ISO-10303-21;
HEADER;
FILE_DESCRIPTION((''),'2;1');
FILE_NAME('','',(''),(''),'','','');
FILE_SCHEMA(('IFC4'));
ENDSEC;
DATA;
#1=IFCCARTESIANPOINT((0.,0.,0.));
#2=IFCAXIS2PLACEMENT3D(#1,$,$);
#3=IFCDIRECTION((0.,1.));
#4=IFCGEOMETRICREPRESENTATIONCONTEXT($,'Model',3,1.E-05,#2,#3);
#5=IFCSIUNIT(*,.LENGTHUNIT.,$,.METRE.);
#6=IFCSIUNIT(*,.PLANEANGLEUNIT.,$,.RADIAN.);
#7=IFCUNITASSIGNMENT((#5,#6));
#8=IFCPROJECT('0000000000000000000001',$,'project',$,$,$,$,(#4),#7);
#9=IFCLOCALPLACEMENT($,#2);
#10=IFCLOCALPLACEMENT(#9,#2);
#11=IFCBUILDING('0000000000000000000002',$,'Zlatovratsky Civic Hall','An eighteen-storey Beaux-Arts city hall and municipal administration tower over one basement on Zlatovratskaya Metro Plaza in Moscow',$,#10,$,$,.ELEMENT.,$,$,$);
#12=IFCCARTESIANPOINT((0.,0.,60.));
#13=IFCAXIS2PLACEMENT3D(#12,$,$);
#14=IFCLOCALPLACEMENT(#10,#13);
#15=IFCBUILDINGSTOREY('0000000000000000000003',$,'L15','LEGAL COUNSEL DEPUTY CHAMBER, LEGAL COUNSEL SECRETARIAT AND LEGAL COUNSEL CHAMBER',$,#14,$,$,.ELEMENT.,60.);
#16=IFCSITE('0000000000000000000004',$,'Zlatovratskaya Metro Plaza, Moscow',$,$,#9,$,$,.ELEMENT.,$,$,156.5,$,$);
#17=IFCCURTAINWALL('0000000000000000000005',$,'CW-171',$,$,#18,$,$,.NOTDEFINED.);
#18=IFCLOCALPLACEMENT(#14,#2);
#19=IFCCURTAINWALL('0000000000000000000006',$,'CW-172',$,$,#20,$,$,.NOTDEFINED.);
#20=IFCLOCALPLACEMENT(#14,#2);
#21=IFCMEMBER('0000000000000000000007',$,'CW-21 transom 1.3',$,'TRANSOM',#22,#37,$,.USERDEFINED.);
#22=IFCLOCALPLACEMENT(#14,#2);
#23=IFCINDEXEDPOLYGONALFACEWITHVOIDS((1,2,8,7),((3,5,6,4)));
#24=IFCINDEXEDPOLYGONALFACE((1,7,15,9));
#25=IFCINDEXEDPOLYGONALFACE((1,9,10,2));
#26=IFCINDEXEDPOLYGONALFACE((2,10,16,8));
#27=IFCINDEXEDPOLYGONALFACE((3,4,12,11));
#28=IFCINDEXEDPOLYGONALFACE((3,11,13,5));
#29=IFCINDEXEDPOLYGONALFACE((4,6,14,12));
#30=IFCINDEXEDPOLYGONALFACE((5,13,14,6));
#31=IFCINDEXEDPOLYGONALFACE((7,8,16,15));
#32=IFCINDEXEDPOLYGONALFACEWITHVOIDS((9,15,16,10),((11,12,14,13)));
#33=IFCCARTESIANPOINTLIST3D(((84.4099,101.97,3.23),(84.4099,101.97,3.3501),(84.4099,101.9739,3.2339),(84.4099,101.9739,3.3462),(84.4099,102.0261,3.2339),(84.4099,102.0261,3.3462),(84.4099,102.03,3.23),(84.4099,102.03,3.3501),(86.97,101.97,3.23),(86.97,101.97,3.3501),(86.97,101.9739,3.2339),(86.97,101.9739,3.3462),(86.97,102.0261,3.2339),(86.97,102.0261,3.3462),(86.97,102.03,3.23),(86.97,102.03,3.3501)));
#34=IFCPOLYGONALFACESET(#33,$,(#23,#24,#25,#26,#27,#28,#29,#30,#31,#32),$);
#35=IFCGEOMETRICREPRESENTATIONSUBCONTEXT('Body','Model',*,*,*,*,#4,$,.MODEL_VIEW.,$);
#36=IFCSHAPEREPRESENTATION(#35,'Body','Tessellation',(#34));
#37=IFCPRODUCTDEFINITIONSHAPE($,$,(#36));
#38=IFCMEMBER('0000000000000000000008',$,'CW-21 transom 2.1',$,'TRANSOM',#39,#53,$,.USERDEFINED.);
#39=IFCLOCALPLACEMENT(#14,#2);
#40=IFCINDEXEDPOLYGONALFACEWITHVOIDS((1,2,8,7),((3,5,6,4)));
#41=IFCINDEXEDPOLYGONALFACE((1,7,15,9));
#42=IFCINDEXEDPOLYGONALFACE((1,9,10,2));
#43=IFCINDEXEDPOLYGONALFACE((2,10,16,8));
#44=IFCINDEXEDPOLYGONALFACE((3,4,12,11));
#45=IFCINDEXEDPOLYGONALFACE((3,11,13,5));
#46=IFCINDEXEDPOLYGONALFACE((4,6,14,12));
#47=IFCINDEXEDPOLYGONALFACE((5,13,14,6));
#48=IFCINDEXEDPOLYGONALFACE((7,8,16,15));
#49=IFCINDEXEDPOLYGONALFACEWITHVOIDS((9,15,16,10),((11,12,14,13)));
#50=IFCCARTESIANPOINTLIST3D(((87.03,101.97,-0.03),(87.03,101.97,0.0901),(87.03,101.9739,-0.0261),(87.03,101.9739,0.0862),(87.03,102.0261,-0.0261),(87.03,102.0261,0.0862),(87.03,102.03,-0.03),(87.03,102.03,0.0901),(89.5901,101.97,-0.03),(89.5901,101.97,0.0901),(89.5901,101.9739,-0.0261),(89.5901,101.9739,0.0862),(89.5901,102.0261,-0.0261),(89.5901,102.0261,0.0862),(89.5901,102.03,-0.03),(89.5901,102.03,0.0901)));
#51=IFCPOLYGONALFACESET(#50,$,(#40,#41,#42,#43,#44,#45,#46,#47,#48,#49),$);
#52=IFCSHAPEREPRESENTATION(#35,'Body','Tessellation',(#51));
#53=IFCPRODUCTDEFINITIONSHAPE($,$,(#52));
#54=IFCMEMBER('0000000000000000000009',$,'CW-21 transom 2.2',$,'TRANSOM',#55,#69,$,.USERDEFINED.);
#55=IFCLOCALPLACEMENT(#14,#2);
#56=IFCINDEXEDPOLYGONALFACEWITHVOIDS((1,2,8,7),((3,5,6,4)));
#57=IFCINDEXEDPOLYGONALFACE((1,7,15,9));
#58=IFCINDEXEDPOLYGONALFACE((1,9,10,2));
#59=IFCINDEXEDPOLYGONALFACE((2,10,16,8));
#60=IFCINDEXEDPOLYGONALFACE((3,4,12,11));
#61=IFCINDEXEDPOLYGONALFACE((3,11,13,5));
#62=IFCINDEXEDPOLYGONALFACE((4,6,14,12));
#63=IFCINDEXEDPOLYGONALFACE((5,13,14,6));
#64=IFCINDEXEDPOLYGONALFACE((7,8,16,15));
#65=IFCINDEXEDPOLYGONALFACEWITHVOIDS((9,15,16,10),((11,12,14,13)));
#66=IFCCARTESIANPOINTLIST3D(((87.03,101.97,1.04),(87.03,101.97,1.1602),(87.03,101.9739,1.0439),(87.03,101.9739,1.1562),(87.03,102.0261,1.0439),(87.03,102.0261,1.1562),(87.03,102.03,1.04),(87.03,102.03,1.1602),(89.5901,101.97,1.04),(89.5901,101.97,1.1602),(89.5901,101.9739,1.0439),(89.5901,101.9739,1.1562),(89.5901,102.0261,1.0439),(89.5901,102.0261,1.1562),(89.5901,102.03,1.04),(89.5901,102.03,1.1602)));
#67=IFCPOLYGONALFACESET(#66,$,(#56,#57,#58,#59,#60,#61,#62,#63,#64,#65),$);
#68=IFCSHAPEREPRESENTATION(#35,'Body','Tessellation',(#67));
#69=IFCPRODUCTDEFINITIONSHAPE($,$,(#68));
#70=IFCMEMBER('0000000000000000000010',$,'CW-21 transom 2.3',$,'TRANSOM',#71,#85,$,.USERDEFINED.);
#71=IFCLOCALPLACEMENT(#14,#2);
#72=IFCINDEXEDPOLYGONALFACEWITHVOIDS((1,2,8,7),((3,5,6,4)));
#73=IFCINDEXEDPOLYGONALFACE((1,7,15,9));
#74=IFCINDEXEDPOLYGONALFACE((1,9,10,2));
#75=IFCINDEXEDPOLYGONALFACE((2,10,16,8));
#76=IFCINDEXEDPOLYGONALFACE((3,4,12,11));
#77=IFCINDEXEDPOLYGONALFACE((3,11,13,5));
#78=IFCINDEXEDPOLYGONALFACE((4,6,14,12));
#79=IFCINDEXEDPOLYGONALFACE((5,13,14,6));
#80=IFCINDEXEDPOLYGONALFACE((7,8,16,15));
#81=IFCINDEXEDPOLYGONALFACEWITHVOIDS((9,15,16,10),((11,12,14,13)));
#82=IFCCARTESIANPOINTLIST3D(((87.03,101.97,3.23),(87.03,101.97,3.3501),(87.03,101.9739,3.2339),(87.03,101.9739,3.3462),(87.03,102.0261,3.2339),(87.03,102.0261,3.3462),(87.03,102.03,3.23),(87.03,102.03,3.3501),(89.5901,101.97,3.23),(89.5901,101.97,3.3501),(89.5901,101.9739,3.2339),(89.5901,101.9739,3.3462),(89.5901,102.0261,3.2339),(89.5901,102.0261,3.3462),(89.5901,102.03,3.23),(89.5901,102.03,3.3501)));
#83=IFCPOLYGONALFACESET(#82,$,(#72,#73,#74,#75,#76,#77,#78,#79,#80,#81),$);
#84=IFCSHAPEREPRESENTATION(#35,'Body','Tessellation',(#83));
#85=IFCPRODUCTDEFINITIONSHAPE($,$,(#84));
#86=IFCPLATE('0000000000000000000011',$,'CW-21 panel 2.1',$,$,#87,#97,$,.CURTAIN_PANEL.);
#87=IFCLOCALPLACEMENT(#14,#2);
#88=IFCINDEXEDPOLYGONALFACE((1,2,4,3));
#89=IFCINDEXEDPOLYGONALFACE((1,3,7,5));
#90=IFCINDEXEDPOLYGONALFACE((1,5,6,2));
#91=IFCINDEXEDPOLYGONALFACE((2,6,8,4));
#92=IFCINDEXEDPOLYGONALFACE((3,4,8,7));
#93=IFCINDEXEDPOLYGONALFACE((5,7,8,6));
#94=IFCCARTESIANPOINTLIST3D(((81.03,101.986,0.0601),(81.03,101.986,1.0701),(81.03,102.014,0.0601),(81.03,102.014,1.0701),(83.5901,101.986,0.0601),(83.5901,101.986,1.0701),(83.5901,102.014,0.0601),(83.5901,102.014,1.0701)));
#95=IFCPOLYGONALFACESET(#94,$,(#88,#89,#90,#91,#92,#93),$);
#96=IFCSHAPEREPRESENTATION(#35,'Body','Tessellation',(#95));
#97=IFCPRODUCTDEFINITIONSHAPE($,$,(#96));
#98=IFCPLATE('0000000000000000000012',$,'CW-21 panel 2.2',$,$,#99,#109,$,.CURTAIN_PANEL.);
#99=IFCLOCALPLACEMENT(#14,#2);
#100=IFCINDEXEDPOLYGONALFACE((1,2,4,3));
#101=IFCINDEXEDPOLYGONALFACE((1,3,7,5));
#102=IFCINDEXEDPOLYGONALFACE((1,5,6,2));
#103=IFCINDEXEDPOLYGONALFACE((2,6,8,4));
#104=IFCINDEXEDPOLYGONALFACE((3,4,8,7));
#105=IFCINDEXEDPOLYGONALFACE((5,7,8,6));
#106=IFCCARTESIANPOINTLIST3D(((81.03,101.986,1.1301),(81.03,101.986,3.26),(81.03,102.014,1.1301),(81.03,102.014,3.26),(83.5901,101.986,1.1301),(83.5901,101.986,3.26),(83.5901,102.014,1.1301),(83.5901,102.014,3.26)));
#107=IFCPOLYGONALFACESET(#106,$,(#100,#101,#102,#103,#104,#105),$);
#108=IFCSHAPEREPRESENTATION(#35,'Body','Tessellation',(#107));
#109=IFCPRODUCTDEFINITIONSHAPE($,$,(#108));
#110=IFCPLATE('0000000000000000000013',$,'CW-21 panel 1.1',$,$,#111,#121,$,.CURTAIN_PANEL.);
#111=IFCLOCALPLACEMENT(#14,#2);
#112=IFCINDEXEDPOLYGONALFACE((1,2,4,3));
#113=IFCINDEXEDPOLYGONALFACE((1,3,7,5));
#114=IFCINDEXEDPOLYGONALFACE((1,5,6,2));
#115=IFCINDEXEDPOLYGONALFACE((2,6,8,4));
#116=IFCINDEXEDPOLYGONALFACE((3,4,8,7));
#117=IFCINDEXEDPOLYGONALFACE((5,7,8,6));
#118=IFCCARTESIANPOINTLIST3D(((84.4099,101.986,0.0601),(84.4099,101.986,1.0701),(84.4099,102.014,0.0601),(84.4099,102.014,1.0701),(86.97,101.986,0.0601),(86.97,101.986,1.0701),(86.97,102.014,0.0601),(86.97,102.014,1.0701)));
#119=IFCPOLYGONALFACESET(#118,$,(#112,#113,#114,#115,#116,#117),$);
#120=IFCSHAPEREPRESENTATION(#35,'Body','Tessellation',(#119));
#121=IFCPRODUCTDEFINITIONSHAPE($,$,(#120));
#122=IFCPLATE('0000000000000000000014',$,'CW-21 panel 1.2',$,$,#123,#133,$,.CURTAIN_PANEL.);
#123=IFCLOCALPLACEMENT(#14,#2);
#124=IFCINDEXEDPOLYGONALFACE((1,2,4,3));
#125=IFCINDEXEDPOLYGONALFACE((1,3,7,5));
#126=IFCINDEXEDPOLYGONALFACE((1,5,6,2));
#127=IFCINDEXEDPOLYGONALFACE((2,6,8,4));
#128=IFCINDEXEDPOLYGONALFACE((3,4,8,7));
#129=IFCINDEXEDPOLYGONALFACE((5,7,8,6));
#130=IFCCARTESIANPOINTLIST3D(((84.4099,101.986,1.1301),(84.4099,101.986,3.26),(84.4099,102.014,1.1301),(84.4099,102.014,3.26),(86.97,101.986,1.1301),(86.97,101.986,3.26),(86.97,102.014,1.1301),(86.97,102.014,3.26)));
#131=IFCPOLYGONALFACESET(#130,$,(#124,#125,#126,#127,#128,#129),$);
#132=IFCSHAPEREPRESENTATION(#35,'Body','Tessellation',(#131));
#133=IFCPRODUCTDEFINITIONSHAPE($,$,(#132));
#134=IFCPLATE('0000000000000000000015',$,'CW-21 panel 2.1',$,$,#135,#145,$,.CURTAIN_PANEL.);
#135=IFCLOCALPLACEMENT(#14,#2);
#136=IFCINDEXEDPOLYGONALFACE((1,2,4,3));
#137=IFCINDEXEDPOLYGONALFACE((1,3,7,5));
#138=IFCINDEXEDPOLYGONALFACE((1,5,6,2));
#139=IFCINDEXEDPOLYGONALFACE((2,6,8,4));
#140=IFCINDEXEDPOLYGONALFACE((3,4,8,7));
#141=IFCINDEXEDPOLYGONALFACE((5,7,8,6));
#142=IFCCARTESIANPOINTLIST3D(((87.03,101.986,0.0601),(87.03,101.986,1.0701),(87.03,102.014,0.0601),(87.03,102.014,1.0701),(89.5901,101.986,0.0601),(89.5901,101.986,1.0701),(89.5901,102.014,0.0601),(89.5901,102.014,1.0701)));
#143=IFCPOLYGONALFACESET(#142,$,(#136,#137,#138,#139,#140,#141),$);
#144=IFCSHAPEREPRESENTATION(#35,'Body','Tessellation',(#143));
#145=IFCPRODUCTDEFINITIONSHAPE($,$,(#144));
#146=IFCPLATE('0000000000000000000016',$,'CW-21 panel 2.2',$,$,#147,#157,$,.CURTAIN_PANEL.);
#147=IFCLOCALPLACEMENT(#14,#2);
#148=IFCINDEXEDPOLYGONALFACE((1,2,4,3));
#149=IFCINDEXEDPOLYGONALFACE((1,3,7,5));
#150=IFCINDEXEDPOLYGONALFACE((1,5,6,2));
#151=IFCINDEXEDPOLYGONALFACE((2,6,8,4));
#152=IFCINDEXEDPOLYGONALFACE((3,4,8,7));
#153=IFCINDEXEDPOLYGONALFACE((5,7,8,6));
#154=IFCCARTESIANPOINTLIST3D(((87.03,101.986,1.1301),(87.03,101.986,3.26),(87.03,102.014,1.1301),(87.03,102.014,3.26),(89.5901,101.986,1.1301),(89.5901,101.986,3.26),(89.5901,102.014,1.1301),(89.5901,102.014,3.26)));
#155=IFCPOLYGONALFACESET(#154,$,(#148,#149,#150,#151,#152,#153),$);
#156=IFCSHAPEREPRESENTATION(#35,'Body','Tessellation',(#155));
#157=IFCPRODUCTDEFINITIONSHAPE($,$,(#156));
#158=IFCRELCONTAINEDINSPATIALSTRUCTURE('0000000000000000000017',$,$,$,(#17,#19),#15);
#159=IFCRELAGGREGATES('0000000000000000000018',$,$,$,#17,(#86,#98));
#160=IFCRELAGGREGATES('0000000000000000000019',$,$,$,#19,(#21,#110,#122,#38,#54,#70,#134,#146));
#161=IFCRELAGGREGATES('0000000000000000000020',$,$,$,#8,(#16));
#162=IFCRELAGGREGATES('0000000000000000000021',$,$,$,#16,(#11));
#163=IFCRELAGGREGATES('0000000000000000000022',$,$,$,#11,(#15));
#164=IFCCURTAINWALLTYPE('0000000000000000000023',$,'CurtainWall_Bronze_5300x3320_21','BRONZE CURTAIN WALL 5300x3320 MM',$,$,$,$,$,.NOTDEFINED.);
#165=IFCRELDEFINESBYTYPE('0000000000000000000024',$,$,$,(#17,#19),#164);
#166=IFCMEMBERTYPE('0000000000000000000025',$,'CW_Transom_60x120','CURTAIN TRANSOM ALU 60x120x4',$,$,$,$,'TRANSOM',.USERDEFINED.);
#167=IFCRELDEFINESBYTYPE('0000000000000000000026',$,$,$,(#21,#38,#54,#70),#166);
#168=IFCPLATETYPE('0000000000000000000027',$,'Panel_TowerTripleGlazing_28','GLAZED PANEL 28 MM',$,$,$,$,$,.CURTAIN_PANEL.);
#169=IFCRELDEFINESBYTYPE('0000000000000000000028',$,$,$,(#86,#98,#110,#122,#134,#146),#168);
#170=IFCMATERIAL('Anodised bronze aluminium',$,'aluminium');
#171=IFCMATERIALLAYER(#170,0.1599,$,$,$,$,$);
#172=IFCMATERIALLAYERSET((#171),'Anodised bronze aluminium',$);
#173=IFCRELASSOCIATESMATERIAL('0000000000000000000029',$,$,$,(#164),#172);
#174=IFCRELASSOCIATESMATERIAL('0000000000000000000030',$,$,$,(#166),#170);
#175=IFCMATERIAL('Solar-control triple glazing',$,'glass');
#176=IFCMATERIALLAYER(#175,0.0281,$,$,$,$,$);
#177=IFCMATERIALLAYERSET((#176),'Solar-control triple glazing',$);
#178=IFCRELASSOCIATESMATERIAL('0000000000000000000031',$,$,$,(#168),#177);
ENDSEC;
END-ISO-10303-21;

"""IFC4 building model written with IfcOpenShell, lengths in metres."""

from ifc_helpers import new_model, si_unit, direction, frame, origin, origin_2d, place, context, subcontext, project, spatial, rectangle, hollow_rectangle, extrude, material, layer, layer_set, material_profile, profile_set, type_object, element, aggregate, save


model = new_model("IFC4")

# Units and contexts
model_context = context("Model", 3, precision=1e-05, world=origin(), true_north=direction((0.0, 1.0)))
body_context = subcontext(model_context, "Body", "Model", "MODEL_VIEW")
ifc_project = project(units=[si_unit("LENGTHUNIT", "METRE"), si_unit("PLANEANGLEUNIT", "RADIAN")], contexts=[model_context])

# Site, building, storey
site_placement = place(None, origin())
site = spatial("IfcSite", under=ifc_project, at=site_placement, Name="Zlatovratskaya Metro Plaza, Moscow", CompositionType="ELEMENT", RefElevation=156.5)
building_placement = place(site_placement, origin())
building = spatial("IfcBuilding", under=site, at=building_placement, Name="Zlatovratsky Civic Hall", Description="An eighteen-storey Beaux-Arts city hall and municipal administration tower over one basement on Zlatovratskaya Metro Plaza in Moscow", CompositionType="ELEMENT")
storey_placement = place(building_placement, frame((0.0, 0.0, 60.0)))
storey = spatial("IfcBuildingStorey", under=building, at=storey_placement, Name="L15", Description="LEGAL COUNSEL DEPUTY CHAMBER, LEGAL COUNSEL SECRETARIAT AND LEGAL COUNSEL CHAMBER", CompositionType="ELEMENT", Elevation=60.0)

# Curtain wall
ifc_material_1 = material(Name="Anodised bronze aluminium", Category="aluminium")
ifc_layer_1 = layer(ifc_material_1, 0.1599)
ifc_layer_set_1 = layer_set([ifc_layer_1], Name="Anodised bronze aluminium")
curtain_wall_type = type_object("IfcCurtainWallType", Name="CurtainWall_Bronze_5300x3320_21", Description="BRONZE CURTAIN WALL 5300x3320 MM", PredefinedType="NOTDEFINED", material=ifc_layer_set_1)
curtain_wall_1_placement = place(storey_placement, origin())
curtain_wall_1 = element("IfcCurtainWall", 1, at=curtain_wall_1_placement, inside=storey, type_object=curtain_wall_type, Name="CW-171", PredefinedType="NOTDEFINED")

# Curtain wall, members
curtain_wall_2_placement = place(storey_placement, origin())
curtain_wall_2 = element("IfcCurtainWall", 2, at=curtain_wall_2_placement, inside=storey, type_object=curtain_wall_type, Name="CW-172", PredefinedType="NOTDEFINED")
ifc_material_profile_1 = material_profile(ifc_material_1, hollow_rectangle(XDim=0.0601, YDim=0.1201, WallThickness=0.0039, at=origin_2d()), Name="ALU 60x120x4")
ifc_profile_set_1 = profile_set([ifc_material_profile_1], Name="Anodised bronze aluminium")
member_type_1 = type_object("IfcMemberType", Name="CW_Transom_60x120", Description="CURTAIN TRANSOM ALU 60x120x4", ElementType="TRANSOM", PredefinedType="USERDEFINED", material=ifc_profile_set_1)
member_1_placement = place(storey_placement, frame((84.4099, 102.0, 3.29), z_axis=(1.0, 0.0, 0.0), x_axis=(0.0, 1.0, 0.0)))
member_1 = element("IfcMember", 3, at=member_1_placement, type_object=member_type_1, Name="CW-21 transom 1.3", ObjectType="TRANSOM", PredefinedType="USERDEFINED", context=body_context, shape_type="SweptSolid", body=[
    extrude(hollow_rectangle(XDim=0.0601, YDim=0.1201, WallThickness=0.0039, at=origin_2d()), origin(), (0.0, 0.0, 1.0), 2.5601),
])
member_2_placement = place(storey_placement, frame((87.03, 102.0, 0.03), z_axis=(1.0, 0.0, 0.0), x_axis=(0.0, 1.0, 0.0)))
member_2 = element("IfcMember", 4, at=member_2_placement, type_object=member_type_1, Name="CW-21 transom 2.1", ObjectType="TRANSOM", PredefinedType="USERDEFINED", context=body_context, shape_type="SweptSolid", body=[
    extrude(hollow_rectangle(XDim=0.0601, YDim=0.1201, WallThickness=0.0039, at=origin_2d()), origin(), (0.0, 0.0, 1.0), 2.5601),
])
member_3_placement = place(storey_placement, frame((87.03, 102.0, 1.1001), z_axis=(1.0, 0.0, 0.0), x_axis=(0.0, 1.0, 0.0)))
member_3 = element("IfcMember", 5, at=member_3_placement, type_object=member_type_1, Name="CW-21 transom 2.2", ObjectType="TRANSOM", PredefinedType="USERDEFINED", context=body_context, shape_type="SweptSolid", body=[
    extrude(hollow_rectangle(XDim=0.0601, YDim=0.1201, WallThickness=0.0039, at=origin_2d()), origin(), (0.0, 0.0, 1.0), 2.5601),
])
member_4_placement = place(storey_placement, frame((87.03, 102.0, 3.29), z_axis=(1.0, 0.0, 0.0), x_axis=(0.0, 1.0, 0.0)))
member_4 = element("IfcMember", 6, at=member_4_placement, type_object=member_type_1, Name="CW-21 transom 2.3", ObjectType="TRANSOM", PredefinedType="USERDEFINED", context=body_context, shape_type="SweptSolid", body=[
    extrude(hollow_rectangle(XDim=0.0601, YDim=0.1201, WallThickness=0.0039, at=origin_2d()), origin(), (0.0, 0.0, 1.0), 2.5601),
])

# Plates
ifc_material_2 = material(Name="Solar-control triple glazing", Category="glass")
ifc_layer_2 = layer(ifc_material_2, 0.0281)
ifc_layer_set_2 = layer_set([ifc_layer_2], Name="Solar-control triple glazing")
plate_type = type_object("IfcPlateType", Name="Panel_TowerTripleGlazing_28", Description="GLAZED PANEL 28 MM", PredefinedType="CURTAIN_PANEL", material=ifc_layer_set_2)
plate_1_placement = place(storey_placement, frame((82.3101, 102.0, 0.0601), z_axis=(0.0, 0.0, 1.0), x_axis=(1.0, 0.0, 0.0)))
plate_1 = element("IfcPlate", 7, at=plate_1_placement, type_object=plate_type, Name="CW-21 panel 2.1", PredefinedType="CURTAIN_PANEL", context=body_context, shape_type="SweptSolid", body=[
    extrude(rectangle(XDim=2.5601, YDim=0.0281, at=origin_2d()), origin(), (0.0, 0.0, 1.0), 1.01),
])
plate_2_placement = place(storey_placement, frame((82.3101, 102.0, 1.1301), z_axis=(0.0, 0.0, 1.0), x_axis=(1.0, 0.0, 0.0)))
plate_2 = element("IfcPlate", 8, at=plate_2_placement, type_object=plate_type, Name="CW-21 panel 2.2", PredefinedType="CURTAIN_PANEL", context=body_context, shape_type="SweptSolid", body=[
    extrude(rectangle(XDim=2.5601, YDim=0.0281, at=origin_2d()), origin(), (0.0, 0.0, 1.0), 2.1299),
])
aggregate(curtain_wall_1, [plate_1, plate_2])
plate_3_placement = place(storey_placement, frame((85.6899, 102.0, 0.0601), z_axis=(0.0, 0.0, 1.0), x_axis=(1.0, 0.0, 0.0)))
plate_3 = element("IfcPlate", 9, at=plate_3_placement, type_object=plate_type, Name="CW-21 panel 1.1", PredefinedType="CURTAIN_PANEL", context=body_context, shape_type="SweptSolid", body=[
    extrude(rectangle(XDim=2.5601, YDim=0.0281, at=origin_2d()), origin(), (0.0, 0.0, 1.0), 1.01),
])
plate_4_placement = place(storey_placement, frame((85.6899, 102.0, 1.1301), z_axis=(0.0, 0.0, 1.0), x_axis=(1.0, 0.0, 0.0)))
plate_4 = element("IfcPlate", 10, at=plate_4_placement, type_object=plate_type, Name="CW-21 panel 1.2", PredefinedType="CURTAIN_PANEL", context=body_context, shape_type="SweptSolid", body=[
    extrude(rectangle(XDim=2.5601, YDim=0.0281, at=origin_2d()), origin(), (0.0, 0.0, 1.0), 2.1299),
])
plate_5_placement = place(storey_placement, frame((88.3101, 102.0, 0.0601), z_axis=(0.0, 0.0, 1.0), x_axis=(1.0, 0.0, 0.0)))
plate_5 = element("IfcPlate", 11, at=plate_5_placement, type_object=plate_type, Name="CW-21 panel 2.1", PredefinedType="CURTAIN_PANEL", context=body_context, shape_type="SweptSolid", body=[
    extrude(rectangle(XDim=2.5601, YDim=0.0281, at=origin_2d()), origin(), (0.0, 0.0, 1.0), 1.01),
])
plate_6_placement = place(storey_placement, frame((88.3101, 102.0, 1.1301), z_axis=(0.0, 0.0, 1.0), x_axis=(1.0, 0.0, 0.0)))
plate_6 = element("IfcPlate", 12, at=plate_6_placement, type_object=plate_type, Name="CW-21 panel 2.2", PredefinedType="CURTAIN_PANEL", context=body_context, shape_type="SweptSolid", body=[
    extrude(rectangle(XDim=2.5601, YDim=0.0281, at=origin_2d()), origin(), (0.0, 0.0, 1.0), 2.1299),
])
aggregate(curtain_wall_2, [member_1, plate_3, plate_4, member_2, member_3, member_4, plate_5, plate_6])

save(model, "model.ifc")
